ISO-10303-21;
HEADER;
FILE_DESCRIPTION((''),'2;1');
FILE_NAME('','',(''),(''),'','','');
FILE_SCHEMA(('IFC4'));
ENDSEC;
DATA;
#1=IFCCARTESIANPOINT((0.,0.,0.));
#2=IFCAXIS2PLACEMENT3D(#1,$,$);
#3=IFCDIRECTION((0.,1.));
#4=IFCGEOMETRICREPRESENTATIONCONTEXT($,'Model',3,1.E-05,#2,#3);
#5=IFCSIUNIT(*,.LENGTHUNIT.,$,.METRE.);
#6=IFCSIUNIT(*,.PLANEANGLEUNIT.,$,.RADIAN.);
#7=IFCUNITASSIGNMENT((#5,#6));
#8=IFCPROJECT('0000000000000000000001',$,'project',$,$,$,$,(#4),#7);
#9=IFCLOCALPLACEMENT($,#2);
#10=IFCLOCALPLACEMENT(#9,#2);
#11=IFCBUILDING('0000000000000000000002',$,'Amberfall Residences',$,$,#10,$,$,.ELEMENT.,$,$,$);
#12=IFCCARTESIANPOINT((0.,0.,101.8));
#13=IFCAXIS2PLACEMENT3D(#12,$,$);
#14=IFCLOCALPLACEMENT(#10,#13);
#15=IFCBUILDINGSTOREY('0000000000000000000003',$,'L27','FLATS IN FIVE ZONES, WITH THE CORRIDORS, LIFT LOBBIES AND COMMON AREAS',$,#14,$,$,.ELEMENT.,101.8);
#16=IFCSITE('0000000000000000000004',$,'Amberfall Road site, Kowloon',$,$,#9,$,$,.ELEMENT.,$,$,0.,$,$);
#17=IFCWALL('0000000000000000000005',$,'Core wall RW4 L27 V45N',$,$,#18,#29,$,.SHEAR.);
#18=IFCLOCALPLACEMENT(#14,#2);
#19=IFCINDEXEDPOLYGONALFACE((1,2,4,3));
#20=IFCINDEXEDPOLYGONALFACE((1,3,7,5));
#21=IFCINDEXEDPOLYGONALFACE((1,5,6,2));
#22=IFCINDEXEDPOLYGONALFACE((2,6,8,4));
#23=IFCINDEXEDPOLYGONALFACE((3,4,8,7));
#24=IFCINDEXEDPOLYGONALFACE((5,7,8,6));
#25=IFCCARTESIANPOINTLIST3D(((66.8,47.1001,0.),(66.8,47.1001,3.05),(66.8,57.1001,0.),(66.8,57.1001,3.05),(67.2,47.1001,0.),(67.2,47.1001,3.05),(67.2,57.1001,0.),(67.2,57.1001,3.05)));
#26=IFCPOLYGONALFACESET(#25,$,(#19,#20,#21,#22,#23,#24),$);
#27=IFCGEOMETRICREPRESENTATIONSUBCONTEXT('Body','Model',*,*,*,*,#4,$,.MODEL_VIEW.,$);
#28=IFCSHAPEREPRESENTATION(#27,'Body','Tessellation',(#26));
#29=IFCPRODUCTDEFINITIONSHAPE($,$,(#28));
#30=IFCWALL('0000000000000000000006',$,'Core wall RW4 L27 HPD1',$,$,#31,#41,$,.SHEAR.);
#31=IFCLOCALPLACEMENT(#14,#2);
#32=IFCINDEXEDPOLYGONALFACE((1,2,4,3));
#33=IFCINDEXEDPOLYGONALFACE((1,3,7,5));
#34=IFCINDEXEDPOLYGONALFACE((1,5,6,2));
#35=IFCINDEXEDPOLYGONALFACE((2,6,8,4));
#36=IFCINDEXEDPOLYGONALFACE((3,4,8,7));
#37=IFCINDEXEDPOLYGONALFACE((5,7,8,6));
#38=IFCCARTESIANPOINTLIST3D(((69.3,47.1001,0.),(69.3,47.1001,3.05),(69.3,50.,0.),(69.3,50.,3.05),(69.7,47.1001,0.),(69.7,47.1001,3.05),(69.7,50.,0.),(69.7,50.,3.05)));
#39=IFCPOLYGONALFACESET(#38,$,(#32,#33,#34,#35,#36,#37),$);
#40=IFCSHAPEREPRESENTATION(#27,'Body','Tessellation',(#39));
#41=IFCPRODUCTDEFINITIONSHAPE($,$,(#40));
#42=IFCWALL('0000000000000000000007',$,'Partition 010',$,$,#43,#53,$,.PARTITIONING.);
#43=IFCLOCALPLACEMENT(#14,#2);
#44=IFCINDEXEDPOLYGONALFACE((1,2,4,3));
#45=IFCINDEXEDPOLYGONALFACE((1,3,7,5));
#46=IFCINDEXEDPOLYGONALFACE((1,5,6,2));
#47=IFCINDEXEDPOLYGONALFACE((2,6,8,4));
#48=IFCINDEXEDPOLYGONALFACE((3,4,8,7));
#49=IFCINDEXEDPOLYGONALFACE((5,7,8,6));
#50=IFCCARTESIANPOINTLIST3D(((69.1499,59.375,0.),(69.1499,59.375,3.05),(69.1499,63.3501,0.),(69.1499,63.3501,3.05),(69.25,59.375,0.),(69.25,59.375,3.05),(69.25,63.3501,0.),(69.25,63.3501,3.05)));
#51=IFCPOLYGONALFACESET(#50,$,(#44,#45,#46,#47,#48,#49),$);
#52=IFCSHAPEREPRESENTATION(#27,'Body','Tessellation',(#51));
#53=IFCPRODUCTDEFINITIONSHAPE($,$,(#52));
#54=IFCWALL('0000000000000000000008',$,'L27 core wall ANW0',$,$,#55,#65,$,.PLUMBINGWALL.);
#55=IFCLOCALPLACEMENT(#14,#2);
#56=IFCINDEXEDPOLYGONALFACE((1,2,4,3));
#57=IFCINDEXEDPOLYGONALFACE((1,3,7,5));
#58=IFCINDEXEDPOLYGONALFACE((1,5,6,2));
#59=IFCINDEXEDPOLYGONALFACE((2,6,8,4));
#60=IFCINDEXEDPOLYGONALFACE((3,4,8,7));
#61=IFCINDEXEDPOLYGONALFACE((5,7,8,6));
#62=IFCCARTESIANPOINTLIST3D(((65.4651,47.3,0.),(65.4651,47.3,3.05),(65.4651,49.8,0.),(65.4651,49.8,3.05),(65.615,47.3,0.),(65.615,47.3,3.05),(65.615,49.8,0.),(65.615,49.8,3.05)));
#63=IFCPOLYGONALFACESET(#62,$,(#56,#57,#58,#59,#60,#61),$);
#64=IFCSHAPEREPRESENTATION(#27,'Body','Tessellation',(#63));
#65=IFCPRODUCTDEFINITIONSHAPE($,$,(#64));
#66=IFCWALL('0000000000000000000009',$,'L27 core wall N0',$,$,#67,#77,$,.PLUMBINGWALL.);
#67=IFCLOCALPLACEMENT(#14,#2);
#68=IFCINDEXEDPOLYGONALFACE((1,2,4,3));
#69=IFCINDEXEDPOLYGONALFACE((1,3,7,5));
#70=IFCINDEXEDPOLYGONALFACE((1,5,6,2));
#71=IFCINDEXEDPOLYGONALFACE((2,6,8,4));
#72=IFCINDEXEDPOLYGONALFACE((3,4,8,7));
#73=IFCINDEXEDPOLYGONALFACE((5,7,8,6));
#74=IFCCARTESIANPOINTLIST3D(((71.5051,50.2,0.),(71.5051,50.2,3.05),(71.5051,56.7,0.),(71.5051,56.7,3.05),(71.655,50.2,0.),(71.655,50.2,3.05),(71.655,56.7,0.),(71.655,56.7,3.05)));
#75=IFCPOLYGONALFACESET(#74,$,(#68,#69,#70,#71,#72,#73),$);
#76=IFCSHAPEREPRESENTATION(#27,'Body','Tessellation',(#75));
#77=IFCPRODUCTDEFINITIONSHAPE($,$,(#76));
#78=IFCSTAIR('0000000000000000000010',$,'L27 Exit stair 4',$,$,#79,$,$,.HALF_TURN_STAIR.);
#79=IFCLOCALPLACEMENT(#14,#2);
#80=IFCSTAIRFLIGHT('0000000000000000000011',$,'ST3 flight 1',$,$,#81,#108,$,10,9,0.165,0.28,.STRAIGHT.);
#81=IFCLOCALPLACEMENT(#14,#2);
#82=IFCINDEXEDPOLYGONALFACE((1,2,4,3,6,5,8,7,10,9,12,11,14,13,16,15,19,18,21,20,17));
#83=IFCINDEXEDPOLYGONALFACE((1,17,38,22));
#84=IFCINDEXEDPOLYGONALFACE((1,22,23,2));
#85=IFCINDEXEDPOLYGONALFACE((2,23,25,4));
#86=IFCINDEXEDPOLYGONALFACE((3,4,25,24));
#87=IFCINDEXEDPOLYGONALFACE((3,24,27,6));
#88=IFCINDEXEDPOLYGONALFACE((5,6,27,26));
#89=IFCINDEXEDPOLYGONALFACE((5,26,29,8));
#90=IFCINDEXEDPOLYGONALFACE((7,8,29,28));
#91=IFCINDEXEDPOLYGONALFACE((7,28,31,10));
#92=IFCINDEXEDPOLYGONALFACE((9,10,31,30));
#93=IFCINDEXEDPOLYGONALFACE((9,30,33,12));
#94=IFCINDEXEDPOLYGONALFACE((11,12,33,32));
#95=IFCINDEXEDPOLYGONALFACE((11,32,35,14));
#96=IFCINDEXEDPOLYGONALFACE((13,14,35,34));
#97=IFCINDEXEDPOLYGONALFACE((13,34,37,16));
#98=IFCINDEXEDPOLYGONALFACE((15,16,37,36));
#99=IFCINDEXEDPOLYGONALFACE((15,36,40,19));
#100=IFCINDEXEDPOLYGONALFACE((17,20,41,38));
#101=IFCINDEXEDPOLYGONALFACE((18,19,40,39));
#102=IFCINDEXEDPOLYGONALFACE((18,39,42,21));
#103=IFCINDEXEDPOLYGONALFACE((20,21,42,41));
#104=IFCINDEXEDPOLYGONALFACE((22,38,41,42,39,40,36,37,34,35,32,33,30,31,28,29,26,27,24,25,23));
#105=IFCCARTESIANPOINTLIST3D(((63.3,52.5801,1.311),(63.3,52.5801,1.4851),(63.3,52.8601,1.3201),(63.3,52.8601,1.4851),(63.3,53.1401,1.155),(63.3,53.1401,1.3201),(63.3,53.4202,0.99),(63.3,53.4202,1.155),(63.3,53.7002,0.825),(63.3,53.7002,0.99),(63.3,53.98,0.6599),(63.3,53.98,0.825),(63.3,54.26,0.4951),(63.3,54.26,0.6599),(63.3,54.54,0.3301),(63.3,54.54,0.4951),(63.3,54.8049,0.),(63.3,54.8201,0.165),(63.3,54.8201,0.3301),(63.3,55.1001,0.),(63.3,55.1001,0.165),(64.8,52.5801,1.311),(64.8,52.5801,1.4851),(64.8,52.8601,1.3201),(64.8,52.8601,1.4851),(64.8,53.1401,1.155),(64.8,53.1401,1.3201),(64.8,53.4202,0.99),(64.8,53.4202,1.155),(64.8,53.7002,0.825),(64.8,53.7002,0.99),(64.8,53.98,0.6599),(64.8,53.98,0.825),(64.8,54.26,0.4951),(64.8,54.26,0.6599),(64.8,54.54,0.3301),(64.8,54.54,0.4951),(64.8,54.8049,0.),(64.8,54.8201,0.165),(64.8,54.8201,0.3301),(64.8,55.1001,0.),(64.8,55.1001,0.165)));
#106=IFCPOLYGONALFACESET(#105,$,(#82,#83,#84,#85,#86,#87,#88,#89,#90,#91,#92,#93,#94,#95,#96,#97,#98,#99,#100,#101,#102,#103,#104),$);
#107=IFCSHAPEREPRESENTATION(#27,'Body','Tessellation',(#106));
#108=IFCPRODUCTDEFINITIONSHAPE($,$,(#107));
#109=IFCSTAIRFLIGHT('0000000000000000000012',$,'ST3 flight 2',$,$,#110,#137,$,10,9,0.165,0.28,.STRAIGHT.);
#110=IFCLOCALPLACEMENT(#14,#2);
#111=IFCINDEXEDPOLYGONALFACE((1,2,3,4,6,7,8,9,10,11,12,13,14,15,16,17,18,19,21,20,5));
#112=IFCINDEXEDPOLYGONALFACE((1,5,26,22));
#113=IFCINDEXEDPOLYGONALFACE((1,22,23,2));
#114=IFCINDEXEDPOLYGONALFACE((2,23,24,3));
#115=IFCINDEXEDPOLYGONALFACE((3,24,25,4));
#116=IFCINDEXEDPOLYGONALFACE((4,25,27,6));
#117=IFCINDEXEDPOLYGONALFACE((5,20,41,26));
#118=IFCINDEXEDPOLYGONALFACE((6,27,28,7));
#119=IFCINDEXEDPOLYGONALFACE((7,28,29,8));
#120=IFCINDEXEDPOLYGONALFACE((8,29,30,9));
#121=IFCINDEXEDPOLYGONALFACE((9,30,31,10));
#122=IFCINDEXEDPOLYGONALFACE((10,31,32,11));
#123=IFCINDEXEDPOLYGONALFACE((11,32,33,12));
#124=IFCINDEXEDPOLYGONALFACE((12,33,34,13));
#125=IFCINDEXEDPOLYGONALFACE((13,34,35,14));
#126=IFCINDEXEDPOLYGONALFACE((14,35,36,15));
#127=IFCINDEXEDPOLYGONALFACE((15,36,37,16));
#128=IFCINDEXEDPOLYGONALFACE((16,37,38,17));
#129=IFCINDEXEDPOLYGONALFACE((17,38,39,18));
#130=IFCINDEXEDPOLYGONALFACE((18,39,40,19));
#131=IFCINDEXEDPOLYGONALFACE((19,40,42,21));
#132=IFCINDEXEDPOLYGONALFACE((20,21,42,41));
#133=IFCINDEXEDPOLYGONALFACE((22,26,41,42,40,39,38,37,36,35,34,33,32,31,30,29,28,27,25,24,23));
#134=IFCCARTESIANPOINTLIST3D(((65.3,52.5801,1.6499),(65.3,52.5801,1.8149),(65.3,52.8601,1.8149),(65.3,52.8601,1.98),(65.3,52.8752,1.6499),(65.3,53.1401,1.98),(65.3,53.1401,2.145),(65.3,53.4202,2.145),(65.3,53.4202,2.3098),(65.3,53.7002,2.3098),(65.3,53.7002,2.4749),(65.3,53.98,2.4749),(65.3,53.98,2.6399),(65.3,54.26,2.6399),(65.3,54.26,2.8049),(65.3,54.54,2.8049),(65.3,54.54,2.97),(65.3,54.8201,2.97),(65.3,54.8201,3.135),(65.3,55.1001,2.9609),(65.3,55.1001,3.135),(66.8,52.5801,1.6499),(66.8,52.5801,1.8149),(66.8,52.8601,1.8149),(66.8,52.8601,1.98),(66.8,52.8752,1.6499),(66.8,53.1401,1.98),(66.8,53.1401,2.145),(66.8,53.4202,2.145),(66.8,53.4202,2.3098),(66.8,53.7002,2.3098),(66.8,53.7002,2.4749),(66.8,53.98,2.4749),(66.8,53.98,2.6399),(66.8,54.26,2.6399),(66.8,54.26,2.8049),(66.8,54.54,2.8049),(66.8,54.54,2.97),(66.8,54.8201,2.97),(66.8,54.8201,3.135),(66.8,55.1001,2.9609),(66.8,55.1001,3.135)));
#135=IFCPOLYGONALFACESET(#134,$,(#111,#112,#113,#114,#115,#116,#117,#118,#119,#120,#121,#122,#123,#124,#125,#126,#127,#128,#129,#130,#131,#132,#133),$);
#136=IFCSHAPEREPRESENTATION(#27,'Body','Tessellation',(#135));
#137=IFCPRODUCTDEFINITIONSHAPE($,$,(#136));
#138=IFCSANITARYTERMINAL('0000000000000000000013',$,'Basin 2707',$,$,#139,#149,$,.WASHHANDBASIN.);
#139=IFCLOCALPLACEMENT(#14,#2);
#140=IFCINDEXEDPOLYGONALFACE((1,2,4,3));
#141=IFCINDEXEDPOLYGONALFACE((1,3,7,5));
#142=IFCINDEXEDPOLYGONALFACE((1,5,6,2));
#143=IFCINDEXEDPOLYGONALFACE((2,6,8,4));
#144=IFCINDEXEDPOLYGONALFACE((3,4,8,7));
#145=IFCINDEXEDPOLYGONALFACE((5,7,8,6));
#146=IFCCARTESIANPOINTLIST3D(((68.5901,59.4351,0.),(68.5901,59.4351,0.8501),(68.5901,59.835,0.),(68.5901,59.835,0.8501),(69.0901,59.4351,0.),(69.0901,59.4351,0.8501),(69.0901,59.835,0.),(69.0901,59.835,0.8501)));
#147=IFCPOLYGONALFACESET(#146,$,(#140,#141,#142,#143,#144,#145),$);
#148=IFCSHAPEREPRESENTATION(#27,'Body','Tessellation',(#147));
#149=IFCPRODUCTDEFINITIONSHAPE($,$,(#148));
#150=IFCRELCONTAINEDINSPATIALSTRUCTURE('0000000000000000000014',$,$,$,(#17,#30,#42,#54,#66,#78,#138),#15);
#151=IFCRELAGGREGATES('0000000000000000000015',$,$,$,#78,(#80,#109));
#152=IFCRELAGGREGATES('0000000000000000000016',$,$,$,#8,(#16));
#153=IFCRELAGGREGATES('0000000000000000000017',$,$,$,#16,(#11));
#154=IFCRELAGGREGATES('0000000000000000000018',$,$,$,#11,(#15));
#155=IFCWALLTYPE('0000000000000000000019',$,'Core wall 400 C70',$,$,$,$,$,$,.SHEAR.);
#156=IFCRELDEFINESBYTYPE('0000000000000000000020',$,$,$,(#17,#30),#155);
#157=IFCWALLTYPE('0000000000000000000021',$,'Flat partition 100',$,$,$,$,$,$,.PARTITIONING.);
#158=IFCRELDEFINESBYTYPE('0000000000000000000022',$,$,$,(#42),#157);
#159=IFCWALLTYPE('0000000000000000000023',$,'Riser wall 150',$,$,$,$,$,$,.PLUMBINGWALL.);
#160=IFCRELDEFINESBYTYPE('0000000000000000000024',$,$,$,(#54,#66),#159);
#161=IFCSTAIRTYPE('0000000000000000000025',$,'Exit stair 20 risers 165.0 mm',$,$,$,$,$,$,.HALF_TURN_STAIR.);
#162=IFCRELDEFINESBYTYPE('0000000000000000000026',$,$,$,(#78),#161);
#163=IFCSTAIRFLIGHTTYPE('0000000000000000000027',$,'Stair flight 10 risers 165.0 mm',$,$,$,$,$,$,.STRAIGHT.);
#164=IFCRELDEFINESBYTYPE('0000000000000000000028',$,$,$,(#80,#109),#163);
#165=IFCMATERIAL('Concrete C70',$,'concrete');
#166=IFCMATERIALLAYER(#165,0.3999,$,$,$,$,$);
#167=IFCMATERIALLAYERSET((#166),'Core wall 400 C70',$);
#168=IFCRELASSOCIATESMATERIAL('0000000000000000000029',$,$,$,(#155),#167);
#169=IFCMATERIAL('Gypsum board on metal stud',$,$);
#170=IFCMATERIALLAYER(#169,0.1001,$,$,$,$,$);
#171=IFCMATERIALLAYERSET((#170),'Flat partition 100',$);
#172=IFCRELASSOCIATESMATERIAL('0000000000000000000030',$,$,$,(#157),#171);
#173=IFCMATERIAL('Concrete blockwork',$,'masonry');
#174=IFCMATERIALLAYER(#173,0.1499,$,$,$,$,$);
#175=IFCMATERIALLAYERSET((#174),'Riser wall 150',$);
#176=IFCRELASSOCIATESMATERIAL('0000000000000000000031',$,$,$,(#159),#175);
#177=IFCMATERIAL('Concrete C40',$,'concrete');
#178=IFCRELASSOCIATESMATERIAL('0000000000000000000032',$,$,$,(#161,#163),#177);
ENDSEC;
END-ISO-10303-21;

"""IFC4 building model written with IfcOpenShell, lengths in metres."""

from ifc_helpers import new_model, si_unit, direction, frame, frame_2d, origin, origin_2d, place, context, subcontext, project, spatial, polyline, rectangle, outline, extrude, material, layer, layer_set, type_object, element, aggregate, save


model = new_model("IFC4")

# Units and contexts
model_context = context("Model", 3, precision=1e-05, world=origin(), true_north=direction((0.0, 1.0)))
body_context = subcontext(model_context, "Body", "Model", "MODEL_VIEW")
ifc_project = project(units=[si_unit("LENGTHUNIT", "METRE"), si_unit("PLANEANGLEUNIT", "RADIAN")], contexts=[model_context])

# Site, building, storey
site_placement = place(None, origin())
site = spatial("IfcSite", under=ifc_project, at=site_placement, Name="Amberfall Road site, Kowloon", CompositionType="ELEMENT", RefElevation=0.0)
building_placement = place(site_placement, origin())
building = spatial("IfcBuilding", under=site, at=building_placement, Name="Amberfall Residences", CompositionType="ELEMENT")
storey_placement = place(building_placement, frame((0.0, 0.0, 101.8)))
storey = spatial("IfcBuildingStorey", under=building, at=storey_placement, Name="L27", Description="FLATS IN FIVE ZONES, WITH THE CORRIDORS, LIFT LOBBIES AND COMMON AREAS", CompositionType="ELEMENT", Elevation=101.8)

# Walls
ifc_material_1 = material(Name="Concrete C70", Category="concrete")
ifc_layer_1 = layer(ifc_material_1, 0.3999)
ifc_layer_set_1 = layer_set([ifc_layer_1], Name="Core wall 400 C70")
wall_type_1 = type_object("IfcWallType", Name="Core wall 400 C70", PredefinedType="SHEAR", material=ifc_layer_set_1)
wall_1_placement = place(storey_placement, frame((67.0, 47.1001, 0.0), z_axis=(0.0, 0.0, 1.0), x_axis=(0.0, 1.0, 0.0)))
element("IfcWall", 1, at=wall_1_placement, inside=storey, type_object=wall_type_1, Name="Core wall RW4 L27 V45N", PredefinedType="SHEAR", context=body_context, shape_type="SweptSolid", body=[
    extrude(rectangle(XDim=10.0, YDim=0.3999, at=frame_2d((5.0, 0.0))), origin(), (0.0, 0.0, 1.0), 3.05),
])
wall_2_placement = place(storey_placement, frame((69.5, 47.1001, 0.0), z_axis=(0.0, 0.0, 1.0), x_axis=(0.0, 1.0, 0.0)))
element("IfcWall", 2, at=wall_2_placement, inside=storey, type_object=wall_type_1, Name="Core wall RW4 L27 HPD1", PredefinedType="SHEAR", context=body_context, shape_type="SweptSolid", body=[
    extrude(rectangle(XDim=2.8999, YDim=0.3999, at=frame_2d((1.45, 0.0))), origin(), (0.0, 0.0, 1.0), 3.05),
])
ifc_material_2 = material(Name="Gypsum board on metal stud")
ifc_layer_2 = layer(ifc_material_2, 0.1001)
ifc_layer_set_2 = layer_set([ifc_layer_2], Name="Flat partition 100")
wall_type_2 = type_object("IfcWallType", Name="Flat partition 100", PredefinedType="PARTITIONING", material=ifc_layer_set_2)
wall_3_placement = place(storey_placement, frame((69.2, 59.375, 0.0), z_axis=(0.0, 0.0, 1.0), x_axis=(0.0, 1.0, 0.0)))
element("IfcWall", 3, at=wall_3_placement, inside=storey, type_object=wall_type_2, Name="Partition 010", PredefinedType="PARTITIONING", context=body_context, shape_type="SweptSolid", body=[
    extrude(rectangle(XDim=3.9751, YDim=0.1001, at=frame_2d((1.9875, 0.0))), origin(), (0.0, 0.0, 1.0), 3.05),
])
ifc_material_3 = material(Name="Concrete blockwork", Category="masonry")
ifc_layer_3 = layer(ifc_material_3, 0.1499)
ifc_layer_set_3 = layer_set([ifc_layer_3], Name="Riser wall 150")
wall_type_3 = type_object("IfcWallType", Name="Riser wall 150", PredefinedType="PLUMBINGWALL", material=ifc_layer_set_3)
wall_4_placement = place(storey_placement, frame((65.54, 47.3, 0.0), z_axis=(0.0, 0.0, 1.0), x_axis=(0.0, 1.0, 0.0)))
element("IfcWall", 4, at=wall_4_placement, inside=storey, type_object=wall_type_3, Name="L27 core wall ANW0", PredefinedType="PLUMBINGWALL", context=body_context, shape_type="SweptSolid", body=[
    extrude(rectangle(XDim=2.5, YDim=0.1499, at=frame_2d((1.25, 0.0))), origin(), (0.0, 0.0, 1.0), 3.05),
])
wall_5_placement = place(storey_placement, frame((71.5801, 50.2, 0.0), z_axis=(0.0, 0.0, 1.0), x_axis=(0.0, 1.0, 0.0)))
element("IfcWall", 5, at=wall_5_placement, inside=storey, type_object=wall_type_3, Name="L27 core wall N0", PredefinedType="PLUMBINGWALL", context=body_context, shape_type="SweptSolid", body=[
    extrude(rectangle(XDim=6.5, YDim=0.1499, at=frame_2d((3.25, 0.0))), origin(), (0.0, 0.0, 1.0), 3.05),
])

# Stair, stair flights
ifc_material_4 = material(Name="Concrete C40", Category="concrete")
stair_type = type_object("IfcStairType", Name="Exit stair 20 risers 165.0 mm", PredefinedType="HALF_TURN_STAIR", material=ifc_material_4)
stair_placement = place(storey_placement, origin())
stair = element("IfcStair", 6, at=stair_placement, inside=storey, type_object=stair_type, Name="L27 Exit stair 4", PredefinedType="HALF_TURN_STAIR")
stair_flight_type = type_object("IfcStairFlightType", Name="Stair flight 10 risers 165.0 mm", PredefinedType="STRAIGHT", material=ifc_material_4)
stair_flight_1_placement = place(storey_placement, frame((64.05, 55.1001, 0.0), z_axis=(0.0, 0.0, 1.0), x_axis=(0.0, -1.0, 0.0)))
stair_flight_1 = element("IfcStairFlight", 7, at=stair_flight_1_placement, type_object=stair_flight_type, Name="ST3 flight 1", NumberOfRisers=10, NumberOfTreads=9, PredefinedType="STRAIGHT", RiserHeight=0.165, TreadLength=0.28, context=body_context, shape_type="SweptSolid", body=[
    extrude(outline(polyline([(0.0, 0.0), (0.0, 0.165), (0.28, 0.165), (0.28, 0.3301), (0.5601, 0.3301), (0.5601, 0.4951), (0.8401, 0.4951), (0.8401, 0.6599), (1.1201, 0.6599), (1.1201, 0.825), (1.3999, 0.825), (1.3999, 0.99), (1.6799, 0.99), (1.6799, 1.155), (1.96, 1.155), (1.96, 1.3201), (2.24, 1.3201), (2.24, 1.4851), (2.52, 1.4851), (2.52, 1.6499), (2.52, 1.311), (0.2952, 0.0), (0.0, 0.0)])), frame((0.0, 0.75, 0.0), z_axis=(0.0, -1.0, 0.0), x_axis=(1.0, 0.0, 0.0)), (0.0, 0.0, 1.0), 1.5),
])
stair_flight_2_placement = place(storey_placement, frame((66.05, 52.5801, 1.6499), z_axis=(0.0, 0.0, 1.0), x_axis=(0.0, 1.0, 0.0)))
stair_flight_2 = element("IfcStairFlight", 8, at=stair_flight_2_placement, type_object=stair_flight_type, Name="ST3 flight 2", NumberOfRisers=10, NumberOfTreads=9, PredefinedType="STRAIGHT", RiserHeight=0.165, TreadLength=0.28, context=body_context, shape_type="SweptSolid", body=[
    extrude(outline(polyline([(0.0, 0.0), (0.0, 0.165), (0.28, 0.165), (0.28, 0.3301), (0.5601, 0.3301), (0.5601, 0.4951), (0.8401, 0.4951), (0.8401, 0.6599), (1.1201, 0.6599), (1.1201, 0.825), (1.3999, 0.825), (1.3999, 0.99), (1.6799, 0.99), (1.6799, 1.155), (1.96, 1.155), (1.96, 1.3201), (2.24, 1.3201), (2.24, 1.4851), (2.52, 1.4851), (2.52, 1.6499), (2.52, 1.311), (0.2952, 0.0), (0.0, 0.0)])), frame((0.0, 0.75, 0.0), z_axis=(0.0, -1.0, 0.0), x_axis=(1.0, 0.0, 0.0)), (0.0, 0.0, 1.0), 1.5),
])
aggregate(stair, [stair_flight_1, stair_flight_2])

# Sanitary terminal
sanitary_terminal_placement = place(storey_placement, frame((68.8401, 59.635, 0.0), z_axis=(0.0, 0.0, 1.0), x_axis=(1.0, 0.0, 0.0)))
element("IfcSanitaryTerminal", 9, at=sanitary_terminal_placement, inside=storey, Name="Basin 2707", PredefinedType="WASHHANDBASIN", context=body_context, shape_type="SweptSolid", body=[
    extrude(rectangle(XDim=0.5, YDim=0.3999, at=origin_2d()), origin(), (0.0, 0.0, 1.0), 0.8501),
])

save(model, "model.ifc")
